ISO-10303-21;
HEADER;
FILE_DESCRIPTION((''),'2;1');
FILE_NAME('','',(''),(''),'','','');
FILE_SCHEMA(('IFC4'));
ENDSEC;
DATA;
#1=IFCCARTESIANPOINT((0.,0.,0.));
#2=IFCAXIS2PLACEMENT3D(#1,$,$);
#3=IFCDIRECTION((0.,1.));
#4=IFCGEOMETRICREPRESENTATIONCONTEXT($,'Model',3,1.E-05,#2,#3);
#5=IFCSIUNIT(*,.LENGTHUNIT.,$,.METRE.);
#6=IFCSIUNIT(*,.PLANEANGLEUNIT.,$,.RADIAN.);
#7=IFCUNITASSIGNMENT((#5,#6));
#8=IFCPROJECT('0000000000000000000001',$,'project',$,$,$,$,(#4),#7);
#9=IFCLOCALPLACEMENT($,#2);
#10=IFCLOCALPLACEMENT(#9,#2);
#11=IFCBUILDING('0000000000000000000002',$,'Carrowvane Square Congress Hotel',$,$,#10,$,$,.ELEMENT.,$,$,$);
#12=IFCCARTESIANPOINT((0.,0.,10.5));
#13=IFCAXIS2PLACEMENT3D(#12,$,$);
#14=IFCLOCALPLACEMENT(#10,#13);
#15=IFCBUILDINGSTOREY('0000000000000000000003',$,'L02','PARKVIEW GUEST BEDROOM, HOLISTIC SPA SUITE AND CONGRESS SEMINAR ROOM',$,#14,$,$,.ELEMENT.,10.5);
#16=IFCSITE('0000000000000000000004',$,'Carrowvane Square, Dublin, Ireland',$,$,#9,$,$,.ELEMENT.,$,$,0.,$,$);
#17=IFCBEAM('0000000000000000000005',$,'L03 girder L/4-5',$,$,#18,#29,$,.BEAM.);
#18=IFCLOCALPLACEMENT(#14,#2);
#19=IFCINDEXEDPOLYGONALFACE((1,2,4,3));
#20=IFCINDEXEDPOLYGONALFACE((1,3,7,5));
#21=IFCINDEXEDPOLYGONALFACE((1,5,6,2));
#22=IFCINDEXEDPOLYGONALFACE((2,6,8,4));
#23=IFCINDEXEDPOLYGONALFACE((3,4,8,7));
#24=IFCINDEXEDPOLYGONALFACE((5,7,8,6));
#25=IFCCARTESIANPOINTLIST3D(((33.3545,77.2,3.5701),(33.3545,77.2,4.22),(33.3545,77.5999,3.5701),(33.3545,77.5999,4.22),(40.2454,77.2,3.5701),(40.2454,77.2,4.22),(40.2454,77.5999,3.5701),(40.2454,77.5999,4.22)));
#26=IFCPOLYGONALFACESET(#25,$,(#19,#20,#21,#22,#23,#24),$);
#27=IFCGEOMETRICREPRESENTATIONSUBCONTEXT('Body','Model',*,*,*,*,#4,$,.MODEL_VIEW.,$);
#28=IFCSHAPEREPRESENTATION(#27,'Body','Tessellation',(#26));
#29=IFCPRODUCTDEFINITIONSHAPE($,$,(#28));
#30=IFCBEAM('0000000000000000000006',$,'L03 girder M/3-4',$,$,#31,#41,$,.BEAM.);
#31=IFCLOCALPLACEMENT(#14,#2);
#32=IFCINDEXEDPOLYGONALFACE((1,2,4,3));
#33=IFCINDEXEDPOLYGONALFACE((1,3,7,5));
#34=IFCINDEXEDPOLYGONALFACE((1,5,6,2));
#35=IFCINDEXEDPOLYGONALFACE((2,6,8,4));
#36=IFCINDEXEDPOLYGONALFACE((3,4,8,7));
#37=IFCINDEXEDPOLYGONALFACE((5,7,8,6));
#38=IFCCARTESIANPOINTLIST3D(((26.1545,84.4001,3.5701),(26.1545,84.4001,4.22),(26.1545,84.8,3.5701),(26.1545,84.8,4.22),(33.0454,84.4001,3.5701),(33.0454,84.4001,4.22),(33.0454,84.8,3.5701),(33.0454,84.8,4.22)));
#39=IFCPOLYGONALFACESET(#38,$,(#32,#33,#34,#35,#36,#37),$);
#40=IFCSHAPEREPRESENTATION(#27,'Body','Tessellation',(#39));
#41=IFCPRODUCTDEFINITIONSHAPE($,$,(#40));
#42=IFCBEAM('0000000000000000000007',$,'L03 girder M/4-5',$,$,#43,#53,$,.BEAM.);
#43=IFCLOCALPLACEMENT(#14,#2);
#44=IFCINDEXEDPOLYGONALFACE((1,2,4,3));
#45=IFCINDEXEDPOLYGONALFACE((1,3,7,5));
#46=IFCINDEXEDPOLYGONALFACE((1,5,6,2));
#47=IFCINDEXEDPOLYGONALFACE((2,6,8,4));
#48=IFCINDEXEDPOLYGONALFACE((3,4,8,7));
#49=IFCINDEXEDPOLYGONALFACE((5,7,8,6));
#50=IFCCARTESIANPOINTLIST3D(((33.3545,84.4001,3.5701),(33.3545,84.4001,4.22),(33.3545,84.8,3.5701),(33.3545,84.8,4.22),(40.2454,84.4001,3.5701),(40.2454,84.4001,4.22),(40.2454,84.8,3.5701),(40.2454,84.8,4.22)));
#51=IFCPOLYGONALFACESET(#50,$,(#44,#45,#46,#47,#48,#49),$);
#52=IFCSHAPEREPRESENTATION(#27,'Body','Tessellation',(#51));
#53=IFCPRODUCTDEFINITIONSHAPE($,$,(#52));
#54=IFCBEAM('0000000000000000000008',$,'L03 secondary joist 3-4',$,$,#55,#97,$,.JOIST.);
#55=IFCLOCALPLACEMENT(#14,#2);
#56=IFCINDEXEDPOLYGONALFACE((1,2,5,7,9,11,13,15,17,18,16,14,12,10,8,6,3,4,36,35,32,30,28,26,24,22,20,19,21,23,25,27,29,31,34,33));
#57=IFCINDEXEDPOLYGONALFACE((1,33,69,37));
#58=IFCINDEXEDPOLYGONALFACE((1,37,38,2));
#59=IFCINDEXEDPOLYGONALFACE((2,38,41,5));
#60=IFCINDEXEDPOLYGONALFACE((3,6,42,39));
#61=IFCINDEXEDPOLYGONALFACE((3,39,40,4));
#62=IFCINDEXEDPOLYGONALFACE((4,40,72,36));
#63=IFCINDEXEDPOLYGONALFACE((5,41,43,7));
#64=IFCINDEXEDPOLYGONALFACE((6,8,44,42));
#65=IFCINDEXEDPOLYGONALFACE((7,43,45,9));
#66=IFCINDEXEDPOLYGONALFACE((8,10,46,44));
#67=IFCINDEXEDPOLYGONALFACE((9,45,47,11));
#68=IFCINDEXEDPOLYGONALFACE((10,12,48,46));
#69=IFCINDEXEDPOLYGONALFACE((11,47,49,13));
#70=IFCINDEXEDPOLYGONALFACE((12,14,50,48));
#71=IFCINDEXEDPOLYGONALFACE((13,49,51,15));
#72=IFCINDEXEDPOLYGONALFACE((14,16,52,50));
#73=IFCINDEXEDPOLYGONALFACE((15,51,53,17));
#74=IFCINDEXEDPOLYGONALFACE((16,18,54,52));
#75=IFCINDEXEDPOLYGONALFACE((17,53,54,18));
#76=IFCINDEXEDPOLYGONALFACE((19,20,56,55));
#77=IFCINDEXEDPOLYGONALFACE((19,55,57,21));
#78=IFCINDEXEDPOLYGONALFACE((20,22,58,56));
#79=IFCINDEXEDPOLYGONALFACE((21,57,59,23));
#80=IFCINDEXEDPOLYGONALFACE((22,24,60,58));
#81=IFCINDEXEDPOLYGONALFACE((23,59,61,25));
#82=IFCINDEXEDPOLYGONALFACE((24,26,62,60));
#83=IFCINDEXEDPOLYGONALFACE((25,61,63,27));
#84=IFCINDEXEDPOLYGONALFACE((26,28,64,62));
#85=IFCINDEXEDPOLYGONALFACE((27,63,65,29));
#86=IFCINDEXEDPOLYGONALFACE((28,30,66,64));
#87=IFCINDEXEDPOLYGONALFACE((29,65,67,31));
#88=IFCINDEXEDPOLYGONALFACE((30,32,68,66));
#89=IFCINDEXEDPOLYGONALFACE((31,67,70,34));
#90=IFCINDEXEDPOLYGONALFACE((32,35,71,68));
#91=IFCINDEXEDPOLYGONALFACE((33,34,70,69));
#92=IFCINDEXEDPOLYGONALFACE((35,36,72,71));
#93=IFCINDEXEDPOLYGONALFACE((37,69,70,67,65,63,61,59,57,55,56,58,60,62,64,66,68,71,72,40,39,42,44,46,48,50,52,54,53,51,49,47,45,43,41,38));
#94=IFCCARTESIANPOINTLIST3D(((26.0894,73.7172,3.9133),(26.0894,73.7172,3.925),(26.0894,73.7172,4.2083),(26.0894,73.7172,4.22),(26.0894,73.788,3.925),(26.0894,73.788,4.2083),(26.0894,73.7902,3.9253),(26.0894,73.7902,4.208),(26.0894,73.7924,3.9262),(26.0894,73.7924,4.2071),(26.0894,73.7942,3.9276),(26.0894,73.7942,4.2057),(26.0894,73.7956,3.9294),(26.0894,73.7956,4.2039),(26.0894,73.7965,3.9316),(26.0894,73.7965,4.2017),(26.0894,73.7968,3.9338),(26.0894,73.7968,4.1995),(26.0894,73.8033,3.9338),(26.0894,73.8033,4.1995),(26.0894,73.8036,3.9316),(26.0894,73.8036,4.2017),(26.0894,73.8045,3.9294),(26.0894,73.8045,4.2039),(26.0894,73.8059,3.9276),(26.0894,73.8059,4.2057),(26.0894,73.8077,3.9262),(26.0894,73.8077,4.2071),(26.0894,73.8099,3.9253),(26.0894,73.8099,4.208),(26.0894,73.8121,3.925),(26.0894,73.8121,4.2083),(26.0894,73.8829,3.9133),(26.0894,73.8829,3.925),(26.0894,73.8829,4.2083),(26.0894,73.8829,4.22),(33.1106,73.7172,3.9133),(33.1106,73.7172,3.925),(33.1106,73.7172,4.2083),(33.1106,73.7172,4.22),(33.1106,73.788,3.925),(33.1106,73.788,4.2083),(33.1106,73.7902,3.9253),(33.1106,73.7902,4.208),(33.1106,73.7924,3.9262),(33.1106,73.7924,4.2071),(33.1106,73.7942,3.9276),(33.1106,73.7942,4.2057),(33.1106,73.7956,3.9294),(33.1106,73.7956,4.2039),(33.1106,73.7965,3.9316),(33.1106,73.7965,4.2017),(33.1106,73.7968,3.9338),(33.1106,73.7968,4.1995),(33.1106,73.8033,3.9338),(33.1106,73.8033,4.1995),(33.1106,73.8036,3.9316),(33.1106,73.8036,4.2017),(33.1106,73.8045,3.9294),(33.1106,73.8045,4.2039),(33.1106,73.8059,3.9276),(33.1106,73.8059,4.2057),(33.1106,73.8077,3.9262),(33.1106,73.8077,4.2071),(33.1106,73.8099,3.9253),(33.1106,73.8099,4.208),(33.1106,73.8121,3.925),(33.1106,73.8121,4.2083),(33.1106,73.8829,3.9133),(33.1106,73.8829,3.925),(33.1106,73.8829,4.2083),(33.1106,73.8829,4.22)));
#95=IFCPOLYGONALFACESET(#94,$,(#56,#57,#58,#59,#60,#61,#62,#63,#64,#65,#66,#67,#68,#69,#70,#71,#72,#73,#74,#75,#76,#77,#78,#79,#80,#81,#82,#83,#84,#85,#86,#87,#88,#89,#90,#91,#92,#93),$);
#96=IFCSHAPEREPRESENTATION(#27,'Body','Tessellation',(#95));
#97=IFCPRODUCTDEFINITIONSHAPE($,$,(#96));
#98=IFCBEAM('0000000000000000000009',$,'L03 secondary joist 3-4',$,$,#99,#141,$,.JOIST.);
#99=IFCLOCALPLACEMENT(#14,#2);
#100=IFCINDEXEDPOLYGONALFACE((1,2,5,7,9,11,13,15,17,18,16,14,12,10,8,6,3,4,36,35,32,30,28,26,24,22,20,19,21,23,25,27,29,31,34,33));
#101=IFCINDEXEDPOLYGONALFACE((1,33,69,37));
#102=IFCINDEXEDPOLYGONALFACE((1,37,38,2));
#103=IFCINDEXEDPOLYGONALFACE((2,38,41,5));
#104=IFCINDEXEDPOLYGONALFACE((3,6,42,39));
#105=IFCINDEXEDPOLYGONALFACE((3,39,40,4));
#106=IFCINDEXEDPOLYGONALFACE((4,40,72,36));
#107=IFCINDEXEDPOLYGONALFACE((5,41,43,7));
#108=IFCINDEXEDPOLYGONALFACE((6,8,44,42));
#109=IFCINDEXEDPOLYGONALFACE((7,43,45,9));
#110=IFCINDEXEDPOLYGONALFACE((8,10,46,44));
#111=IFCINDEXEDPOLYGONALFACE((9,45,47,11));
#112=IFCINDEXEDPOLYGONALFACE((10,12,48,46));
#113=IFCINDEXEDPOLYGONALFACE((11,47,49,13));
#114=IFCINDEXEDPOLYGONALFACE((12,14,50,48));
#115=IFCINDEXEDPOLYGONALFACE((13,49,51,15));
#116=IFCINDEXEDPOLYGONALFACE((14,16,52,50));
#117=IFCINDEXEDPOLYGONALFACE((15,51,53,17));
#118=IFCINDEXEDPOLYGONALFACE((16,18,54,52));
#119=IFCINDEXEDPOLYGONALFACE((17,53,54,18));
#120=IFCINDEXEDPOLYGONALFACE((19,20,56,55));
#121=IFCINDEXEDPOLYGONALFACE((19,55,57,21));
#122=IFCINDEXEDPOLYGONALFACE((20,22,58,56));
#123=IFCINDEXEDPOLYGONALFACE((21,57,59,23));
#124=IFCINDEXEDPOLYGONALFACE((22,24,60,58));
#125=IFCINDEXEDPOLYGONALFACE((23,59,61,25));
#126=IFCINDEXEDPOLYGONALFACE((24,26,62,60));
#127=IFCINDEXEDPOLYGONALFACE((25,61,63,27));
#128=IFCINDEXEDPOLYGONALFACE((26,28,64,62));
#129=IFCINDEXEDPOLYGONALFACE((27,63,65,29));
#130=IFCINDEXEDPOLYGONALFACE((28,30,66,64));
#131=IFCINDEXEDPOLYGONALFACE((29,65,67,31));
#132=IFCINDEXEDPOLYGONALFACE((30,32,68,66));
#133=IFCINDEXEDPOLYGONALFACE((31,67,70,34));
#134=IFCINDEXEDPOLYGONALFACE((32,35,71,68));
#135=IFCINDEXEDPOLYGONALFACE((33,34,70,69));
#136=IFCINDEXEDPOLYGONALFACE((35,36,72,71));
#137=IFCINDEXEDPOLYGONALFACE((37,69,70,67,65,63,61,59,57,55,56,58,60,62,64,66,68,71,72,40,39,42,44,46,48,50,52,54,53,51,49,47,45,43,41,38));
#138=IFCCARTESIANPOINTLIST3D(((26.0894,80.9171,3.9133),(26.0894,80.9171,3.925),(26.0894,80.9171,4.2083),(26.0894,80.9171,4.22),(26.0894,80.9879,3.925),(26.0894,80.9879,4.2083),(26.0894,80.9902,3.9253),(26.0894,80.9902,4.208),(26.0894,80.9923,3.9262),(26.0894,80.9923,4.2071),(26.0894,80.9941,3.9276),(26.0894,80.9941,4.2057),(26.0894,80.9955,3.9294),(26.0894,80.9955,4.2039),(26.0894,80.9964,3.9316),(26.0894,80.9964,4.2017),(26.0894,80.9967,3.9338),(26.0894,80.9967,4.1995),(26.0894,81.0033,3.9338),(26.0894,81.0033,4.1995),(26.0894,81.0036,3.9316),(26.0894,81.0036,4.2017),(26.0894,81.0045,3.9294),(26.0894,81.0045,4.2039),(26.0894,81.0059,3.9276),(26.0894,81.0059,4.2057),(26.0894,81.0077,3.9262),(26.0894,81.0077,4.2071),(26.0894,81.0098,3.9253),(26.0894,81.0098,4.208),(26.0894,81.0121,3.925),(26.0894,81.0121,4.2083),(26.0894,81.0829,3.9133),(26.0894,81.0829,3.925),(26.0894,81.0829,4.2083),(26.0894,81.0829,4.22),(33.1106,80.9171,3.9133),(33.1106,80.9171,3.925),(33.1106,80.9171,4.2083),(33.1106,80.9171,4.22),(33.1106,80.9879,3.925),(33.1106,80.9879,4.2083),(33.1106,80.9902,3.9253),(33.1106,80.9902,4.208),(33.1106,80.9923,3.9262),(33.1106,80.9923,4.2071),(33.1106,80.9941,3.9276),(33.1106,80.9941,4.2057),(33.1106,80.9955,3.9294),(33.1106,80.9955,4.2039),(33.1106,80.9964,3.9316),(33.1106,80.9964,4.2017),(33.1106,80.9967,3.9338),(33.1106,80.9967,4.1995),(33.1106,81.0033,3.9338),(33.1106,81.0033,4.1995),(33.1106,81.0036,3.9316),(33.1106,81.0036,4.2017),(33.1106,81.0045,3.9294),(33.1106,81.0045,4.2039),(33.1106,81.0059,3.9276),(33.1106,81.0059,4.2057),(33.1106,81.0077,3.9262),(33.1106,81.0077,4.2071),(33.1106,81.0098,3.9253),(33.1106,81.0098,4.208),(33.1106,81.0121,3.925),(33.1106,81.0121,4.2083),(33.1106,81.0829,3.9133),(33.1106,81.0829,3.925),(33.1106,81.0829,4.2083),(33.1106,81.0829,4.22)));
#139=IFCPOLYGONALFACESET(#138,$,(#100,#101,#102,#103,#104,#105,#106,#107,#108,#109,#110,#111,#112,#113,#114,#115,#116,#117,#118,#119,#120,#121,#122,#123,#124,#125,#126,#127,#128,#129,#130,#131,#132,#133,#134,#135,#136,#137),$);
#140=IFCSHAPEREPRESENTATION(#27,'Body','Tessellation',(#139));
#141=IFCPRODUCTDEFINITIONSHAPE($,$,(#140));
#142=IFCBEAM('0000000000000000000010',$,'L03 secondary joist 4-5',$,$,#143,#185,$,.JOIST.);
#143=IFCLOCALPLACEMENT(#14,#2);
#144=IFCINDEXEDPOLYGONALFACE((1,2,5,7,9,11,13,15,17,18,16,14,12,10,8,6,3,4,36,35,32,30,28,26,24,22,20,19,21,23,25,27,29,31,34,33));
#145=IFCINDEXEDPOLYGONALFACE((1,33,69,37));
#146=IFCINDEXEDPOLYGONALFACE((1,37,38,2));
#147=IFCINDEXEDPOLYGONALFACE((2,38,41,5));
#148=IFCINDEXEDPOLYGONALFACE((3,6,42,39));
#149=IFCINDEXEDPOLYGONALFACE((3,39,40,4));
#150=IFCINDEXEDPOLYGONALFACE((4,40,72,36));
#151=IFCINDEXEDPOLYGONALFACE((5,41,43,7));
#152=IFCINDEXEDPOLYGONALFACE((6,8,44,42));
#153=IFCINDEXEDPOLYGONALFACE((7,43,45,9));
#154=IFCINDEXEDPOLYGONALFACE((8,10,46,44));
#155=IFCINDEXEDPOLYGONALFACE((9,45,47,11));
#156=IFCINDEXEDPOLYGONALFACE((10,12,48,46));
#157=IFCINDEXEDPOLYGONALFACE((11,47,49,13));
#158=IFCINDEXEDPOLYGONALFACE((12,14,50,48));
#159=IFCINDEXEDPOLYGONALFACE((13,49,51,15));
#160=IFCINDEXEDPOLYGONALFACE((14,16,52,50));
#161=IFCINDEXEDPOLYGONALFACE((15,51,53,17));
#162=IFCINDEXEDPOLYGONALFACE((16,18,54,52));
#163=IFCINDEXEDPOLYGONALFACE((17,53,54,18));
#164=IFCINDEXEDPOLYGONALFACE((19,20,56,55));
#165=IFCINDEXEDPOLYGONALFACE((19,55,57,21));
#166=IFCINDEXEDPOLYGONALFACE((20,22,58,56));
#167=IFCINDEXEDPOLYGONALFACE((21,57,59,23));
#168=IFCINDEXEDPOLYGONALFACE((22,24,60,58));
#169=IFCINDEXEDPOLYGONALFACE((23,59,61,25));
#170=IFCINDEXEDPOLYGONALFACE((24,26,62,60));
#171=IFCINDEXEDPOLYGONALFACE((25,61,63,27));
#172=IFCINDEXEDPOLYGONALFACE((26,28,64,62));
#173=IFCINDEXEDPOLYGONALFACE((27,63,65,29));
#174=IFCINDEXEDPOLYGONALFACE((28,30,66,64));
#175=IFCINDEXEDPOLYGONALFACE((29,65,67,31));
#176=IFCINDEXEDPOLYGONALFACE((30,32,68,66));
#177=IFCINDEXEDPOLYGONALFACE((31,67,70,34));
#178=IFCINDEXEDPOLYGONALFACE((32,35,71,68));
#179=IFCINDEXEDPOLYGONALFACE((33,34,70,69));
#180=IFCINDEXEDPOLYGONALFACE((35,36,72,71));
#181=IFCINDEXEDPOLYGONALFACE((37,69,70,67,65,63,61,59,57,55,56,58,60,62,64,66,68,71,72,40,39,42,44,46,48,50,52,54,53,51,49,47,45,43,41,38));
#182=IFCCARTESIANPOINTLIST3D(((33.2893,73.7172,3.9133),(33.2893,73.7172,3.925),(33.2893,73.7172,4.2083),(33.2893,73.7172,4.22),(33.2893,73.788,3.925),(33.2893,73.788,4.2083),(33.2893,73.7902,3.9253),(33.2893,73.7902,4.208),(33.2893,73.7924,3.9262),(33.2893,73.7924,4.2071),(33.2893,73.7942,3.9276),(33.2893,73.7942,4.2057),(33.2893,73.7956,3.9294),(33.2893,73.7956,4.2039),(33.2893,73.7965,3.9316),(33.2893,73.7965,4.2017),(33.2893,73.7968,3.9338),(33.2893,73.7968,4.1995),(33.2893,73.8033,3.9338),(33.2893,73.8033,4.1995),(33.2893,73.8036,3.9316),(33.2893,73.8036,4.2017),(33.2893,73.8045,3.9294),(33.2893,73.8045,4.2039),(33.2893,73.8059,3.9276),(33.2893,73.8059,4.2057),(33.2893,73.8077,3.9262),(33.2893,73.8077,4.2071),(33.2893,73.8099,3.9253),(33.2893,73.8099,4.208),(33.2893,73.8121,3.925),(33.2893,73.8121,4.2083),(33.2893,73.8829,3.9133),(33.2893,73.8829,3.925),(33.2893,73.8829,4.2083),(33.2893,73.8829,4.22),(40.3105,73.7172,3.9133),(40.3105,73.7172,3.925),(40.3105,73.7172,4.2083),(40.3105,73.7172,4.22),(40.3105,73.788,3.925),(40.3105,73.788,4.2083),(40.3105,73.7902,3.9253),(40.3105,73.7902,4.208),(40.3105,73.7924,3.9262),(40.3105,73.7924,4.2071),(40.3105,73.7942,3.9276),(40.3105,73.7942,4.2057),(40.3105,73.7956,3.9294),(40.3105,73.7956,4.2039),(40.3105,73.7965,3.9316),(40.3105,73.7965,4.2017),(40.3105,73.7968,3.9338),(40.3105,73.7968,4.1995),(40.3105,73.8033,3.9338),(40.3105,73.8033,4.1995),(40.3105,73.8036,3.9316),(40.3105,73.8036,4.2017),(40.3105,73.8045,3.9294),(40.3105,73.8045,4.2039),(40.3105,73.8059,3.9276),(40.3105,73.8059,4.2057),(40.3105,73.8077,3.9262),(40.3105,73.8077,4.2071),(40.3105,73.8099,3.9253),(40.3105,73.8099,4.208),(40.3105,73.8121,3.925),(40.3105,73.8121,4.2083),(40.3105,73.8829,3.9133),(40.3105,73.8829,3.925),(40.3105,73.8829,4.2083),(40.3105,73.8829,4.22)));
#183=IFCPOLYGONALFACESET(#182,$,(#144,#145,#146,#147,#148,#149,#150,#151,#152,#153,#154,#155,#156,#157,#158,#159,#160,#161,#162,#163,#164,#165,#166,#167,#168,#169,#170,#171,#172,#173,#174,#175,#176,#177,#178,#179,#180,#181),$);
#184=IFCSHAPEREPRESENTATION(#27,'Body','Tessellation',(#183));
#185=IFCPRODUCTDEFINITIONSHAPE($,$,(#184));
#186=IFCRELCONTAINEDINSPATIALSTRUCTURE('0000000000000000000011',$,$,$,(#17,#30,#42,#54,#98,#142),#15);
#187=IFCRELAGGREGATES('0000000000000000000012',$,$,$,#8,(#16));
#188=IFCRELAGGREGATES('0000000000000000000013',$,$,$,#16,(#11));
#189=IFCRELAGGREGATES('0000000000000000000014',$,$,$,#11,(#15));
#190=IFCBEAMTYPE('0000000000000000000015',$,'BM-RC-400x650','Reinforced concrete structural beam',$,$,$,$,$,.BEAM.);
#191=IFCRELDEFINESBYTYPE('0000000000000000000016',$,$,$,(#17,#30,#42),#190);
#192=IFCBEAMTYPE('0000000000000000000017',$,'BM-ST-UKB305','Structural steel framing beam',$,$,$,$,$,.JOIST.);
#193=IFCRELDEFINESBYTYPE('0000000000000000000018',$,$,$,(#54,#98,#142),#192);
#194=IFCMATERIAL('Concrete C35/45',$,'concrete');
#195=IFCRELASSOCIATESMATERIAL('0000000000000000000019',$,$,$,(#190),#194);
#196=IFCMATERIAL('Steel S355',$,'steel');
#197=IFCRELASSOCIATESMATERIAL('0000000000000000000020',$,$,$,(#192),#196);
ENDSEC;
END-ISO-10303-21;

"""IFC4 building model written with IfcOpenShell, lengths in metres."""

from ifc_helpers import new_model, si_unit, direction, frame, origin, origin_2d, place, context, subcontext, project, spatial, rectangle, i_section, extrude, material, material_profile, profile_set, type_object, element, save


model = new_model("IFC4")

# Units and contexts
model_context = context("Model", 3, precision=1e-05, world=origin(), true_north=direction((0.0, 1.0)))
body_context = subcontext(model_context, "Body", "Model", "MODEL_VIEW")
ifc_project = project(units=[si_unit("LENGTHUNIT", "METRE"), si_unit("PLANEANGLEUNIT", "RADIAN")], contexts=[model_context])

# Site, building, storey
site_placement = place(None, origin())
site = spatial("IfcSite", under=ifc_project, at=site_placement, Name="Carrowvane Square, Dublin, Ireland", CompositionType="ELEMENT", RefElevation=0.0)
building_placement = place(site_placement, origin())
building = spatial("IfcBuilding", under=site, at=building_placement, Name="Carrowvane Square Congress Hotel", CompositionType="ELEMENT")
storey_placement = place(building_placement, frame((0.0, 0.0, 10.5)))
storey = spatial("IfcBuildingStorey", under=building, at=storey_placement, Name="L02", Description="PARKVIEW GUEST BEDROOM, HOLISTIC SPA SUITE AND CONGRESS SEMINAR ROOM", CompositionType="ELEMENT", Elevation=10.5)

# Beams
ifc_material_1 = material(Name="Concrete C35/45", Category="concrete")
ifc_material_profile_1 = material_profile(ifc_material_1, rectangle(XDim=0.3999, YDim=0.6499, at=origin_2d()), Name="RC 400x650")
ifc_profile_set_1 = profile_set([ifc_material_profile_1], Name="Concrete C35/45")
beam_type_1 = type_object("IfcBeamType", Name="BM-RC-400x650", Description="Reinforced concrete structural beam", PredefinedType="BEAM", material=ifc_profile_set_1)
for number, where, z_axis, x_axis, name in (
    (1, (33.3545, 77.3999, 3.895), (1.0, 0.0, 0.0), (0.0, 1.0, 0.0), "L03 girder L/4-5"),
    (2, (26.1545, 84.6001, 3.895), (1.0, 0.0, 0.0), (0.0, 1.0, 0.0), "L03 girder M/3-4"),
    (3, (33.3545, 84.6001, 3.895), (1.0, 0.0, 0.0), (0.0, 1.0, 0.0), "L03 girder M/4-5"),
):
    element("IfcBeam", number, at=place(storey_placement, frame(where, z_axis=z_axis, x_axis=x_axis)), inside=storey, type_object=beam_type_1, Name=name, PredefinedType="BEAM", context=body_context, shape_type="SweptSolid", body=[
        extrude(rectangle(XDim=0.3999, YDim=0.6499, at=origin_2d()), origin(), (0.0, 0.0, 1.0), 6.8909),
    ])
ifc_material_2 = material(Name="Steel S355", Category="steel")
ifc_material_profile_2 = material_profile(ifc_material_2, i_section(OverallWidth=0.1658, OverallDepth=0.3066, WebThickness=0.0066, FlangeThickness=0.0117, FilletRadius=0.0088, at=origin_2d()), Name="UKB 305x165x46")
ifc_profile_set_2 = profile_set([ifc_material_profile_2], Name="Steel S355")
beam_type_2 = type_object("IfcBeamType", Name="BM-ST-UKB305", Description="Structural steel framing beam", PredefinedType="JOIST", material=ifc_profile_set_2)
for number, where, z_axis, x_axis, name in (
    (4, (26.0894, 73.8, 4.0667), (1.0, 0.0, 0.0), (0.0, 1.0, 0.0), "L03 secondary joist 3-4"),
    (5, (26.0894, 81.0, 4.0667), (1.0, 0.0, 0.0), (0.0, 1.0, 0.0), "L03 secondary joist 3-4"),
    (6, (33.2893, 73.8, 4.0667), (1.0, 0.0, 0.0), (0.0, 1.0, 0.0), "L03 secondary joist 4-5"),
):
    element("IfcBeam", number, at=place(storey_placement, frame(where, z_axis=z_axis, x_axis=x_axis)), inside=storey, type_object=beam_type_2, Name=name, PredefinedType="JOIST", context=body_context, shape_type="SweptSolid", body=[
        extrude(i_section(OverallWidth=0.1658, OverallDepth=0.3066, WebThickness=0.0066, FlangeThickness=0.0117, FilletRadius=0.0088, at=origin_2d()), origin(), (0.0, 0.0, 1.0), 7.0212),
    ])

save(model, "model.ifc")
